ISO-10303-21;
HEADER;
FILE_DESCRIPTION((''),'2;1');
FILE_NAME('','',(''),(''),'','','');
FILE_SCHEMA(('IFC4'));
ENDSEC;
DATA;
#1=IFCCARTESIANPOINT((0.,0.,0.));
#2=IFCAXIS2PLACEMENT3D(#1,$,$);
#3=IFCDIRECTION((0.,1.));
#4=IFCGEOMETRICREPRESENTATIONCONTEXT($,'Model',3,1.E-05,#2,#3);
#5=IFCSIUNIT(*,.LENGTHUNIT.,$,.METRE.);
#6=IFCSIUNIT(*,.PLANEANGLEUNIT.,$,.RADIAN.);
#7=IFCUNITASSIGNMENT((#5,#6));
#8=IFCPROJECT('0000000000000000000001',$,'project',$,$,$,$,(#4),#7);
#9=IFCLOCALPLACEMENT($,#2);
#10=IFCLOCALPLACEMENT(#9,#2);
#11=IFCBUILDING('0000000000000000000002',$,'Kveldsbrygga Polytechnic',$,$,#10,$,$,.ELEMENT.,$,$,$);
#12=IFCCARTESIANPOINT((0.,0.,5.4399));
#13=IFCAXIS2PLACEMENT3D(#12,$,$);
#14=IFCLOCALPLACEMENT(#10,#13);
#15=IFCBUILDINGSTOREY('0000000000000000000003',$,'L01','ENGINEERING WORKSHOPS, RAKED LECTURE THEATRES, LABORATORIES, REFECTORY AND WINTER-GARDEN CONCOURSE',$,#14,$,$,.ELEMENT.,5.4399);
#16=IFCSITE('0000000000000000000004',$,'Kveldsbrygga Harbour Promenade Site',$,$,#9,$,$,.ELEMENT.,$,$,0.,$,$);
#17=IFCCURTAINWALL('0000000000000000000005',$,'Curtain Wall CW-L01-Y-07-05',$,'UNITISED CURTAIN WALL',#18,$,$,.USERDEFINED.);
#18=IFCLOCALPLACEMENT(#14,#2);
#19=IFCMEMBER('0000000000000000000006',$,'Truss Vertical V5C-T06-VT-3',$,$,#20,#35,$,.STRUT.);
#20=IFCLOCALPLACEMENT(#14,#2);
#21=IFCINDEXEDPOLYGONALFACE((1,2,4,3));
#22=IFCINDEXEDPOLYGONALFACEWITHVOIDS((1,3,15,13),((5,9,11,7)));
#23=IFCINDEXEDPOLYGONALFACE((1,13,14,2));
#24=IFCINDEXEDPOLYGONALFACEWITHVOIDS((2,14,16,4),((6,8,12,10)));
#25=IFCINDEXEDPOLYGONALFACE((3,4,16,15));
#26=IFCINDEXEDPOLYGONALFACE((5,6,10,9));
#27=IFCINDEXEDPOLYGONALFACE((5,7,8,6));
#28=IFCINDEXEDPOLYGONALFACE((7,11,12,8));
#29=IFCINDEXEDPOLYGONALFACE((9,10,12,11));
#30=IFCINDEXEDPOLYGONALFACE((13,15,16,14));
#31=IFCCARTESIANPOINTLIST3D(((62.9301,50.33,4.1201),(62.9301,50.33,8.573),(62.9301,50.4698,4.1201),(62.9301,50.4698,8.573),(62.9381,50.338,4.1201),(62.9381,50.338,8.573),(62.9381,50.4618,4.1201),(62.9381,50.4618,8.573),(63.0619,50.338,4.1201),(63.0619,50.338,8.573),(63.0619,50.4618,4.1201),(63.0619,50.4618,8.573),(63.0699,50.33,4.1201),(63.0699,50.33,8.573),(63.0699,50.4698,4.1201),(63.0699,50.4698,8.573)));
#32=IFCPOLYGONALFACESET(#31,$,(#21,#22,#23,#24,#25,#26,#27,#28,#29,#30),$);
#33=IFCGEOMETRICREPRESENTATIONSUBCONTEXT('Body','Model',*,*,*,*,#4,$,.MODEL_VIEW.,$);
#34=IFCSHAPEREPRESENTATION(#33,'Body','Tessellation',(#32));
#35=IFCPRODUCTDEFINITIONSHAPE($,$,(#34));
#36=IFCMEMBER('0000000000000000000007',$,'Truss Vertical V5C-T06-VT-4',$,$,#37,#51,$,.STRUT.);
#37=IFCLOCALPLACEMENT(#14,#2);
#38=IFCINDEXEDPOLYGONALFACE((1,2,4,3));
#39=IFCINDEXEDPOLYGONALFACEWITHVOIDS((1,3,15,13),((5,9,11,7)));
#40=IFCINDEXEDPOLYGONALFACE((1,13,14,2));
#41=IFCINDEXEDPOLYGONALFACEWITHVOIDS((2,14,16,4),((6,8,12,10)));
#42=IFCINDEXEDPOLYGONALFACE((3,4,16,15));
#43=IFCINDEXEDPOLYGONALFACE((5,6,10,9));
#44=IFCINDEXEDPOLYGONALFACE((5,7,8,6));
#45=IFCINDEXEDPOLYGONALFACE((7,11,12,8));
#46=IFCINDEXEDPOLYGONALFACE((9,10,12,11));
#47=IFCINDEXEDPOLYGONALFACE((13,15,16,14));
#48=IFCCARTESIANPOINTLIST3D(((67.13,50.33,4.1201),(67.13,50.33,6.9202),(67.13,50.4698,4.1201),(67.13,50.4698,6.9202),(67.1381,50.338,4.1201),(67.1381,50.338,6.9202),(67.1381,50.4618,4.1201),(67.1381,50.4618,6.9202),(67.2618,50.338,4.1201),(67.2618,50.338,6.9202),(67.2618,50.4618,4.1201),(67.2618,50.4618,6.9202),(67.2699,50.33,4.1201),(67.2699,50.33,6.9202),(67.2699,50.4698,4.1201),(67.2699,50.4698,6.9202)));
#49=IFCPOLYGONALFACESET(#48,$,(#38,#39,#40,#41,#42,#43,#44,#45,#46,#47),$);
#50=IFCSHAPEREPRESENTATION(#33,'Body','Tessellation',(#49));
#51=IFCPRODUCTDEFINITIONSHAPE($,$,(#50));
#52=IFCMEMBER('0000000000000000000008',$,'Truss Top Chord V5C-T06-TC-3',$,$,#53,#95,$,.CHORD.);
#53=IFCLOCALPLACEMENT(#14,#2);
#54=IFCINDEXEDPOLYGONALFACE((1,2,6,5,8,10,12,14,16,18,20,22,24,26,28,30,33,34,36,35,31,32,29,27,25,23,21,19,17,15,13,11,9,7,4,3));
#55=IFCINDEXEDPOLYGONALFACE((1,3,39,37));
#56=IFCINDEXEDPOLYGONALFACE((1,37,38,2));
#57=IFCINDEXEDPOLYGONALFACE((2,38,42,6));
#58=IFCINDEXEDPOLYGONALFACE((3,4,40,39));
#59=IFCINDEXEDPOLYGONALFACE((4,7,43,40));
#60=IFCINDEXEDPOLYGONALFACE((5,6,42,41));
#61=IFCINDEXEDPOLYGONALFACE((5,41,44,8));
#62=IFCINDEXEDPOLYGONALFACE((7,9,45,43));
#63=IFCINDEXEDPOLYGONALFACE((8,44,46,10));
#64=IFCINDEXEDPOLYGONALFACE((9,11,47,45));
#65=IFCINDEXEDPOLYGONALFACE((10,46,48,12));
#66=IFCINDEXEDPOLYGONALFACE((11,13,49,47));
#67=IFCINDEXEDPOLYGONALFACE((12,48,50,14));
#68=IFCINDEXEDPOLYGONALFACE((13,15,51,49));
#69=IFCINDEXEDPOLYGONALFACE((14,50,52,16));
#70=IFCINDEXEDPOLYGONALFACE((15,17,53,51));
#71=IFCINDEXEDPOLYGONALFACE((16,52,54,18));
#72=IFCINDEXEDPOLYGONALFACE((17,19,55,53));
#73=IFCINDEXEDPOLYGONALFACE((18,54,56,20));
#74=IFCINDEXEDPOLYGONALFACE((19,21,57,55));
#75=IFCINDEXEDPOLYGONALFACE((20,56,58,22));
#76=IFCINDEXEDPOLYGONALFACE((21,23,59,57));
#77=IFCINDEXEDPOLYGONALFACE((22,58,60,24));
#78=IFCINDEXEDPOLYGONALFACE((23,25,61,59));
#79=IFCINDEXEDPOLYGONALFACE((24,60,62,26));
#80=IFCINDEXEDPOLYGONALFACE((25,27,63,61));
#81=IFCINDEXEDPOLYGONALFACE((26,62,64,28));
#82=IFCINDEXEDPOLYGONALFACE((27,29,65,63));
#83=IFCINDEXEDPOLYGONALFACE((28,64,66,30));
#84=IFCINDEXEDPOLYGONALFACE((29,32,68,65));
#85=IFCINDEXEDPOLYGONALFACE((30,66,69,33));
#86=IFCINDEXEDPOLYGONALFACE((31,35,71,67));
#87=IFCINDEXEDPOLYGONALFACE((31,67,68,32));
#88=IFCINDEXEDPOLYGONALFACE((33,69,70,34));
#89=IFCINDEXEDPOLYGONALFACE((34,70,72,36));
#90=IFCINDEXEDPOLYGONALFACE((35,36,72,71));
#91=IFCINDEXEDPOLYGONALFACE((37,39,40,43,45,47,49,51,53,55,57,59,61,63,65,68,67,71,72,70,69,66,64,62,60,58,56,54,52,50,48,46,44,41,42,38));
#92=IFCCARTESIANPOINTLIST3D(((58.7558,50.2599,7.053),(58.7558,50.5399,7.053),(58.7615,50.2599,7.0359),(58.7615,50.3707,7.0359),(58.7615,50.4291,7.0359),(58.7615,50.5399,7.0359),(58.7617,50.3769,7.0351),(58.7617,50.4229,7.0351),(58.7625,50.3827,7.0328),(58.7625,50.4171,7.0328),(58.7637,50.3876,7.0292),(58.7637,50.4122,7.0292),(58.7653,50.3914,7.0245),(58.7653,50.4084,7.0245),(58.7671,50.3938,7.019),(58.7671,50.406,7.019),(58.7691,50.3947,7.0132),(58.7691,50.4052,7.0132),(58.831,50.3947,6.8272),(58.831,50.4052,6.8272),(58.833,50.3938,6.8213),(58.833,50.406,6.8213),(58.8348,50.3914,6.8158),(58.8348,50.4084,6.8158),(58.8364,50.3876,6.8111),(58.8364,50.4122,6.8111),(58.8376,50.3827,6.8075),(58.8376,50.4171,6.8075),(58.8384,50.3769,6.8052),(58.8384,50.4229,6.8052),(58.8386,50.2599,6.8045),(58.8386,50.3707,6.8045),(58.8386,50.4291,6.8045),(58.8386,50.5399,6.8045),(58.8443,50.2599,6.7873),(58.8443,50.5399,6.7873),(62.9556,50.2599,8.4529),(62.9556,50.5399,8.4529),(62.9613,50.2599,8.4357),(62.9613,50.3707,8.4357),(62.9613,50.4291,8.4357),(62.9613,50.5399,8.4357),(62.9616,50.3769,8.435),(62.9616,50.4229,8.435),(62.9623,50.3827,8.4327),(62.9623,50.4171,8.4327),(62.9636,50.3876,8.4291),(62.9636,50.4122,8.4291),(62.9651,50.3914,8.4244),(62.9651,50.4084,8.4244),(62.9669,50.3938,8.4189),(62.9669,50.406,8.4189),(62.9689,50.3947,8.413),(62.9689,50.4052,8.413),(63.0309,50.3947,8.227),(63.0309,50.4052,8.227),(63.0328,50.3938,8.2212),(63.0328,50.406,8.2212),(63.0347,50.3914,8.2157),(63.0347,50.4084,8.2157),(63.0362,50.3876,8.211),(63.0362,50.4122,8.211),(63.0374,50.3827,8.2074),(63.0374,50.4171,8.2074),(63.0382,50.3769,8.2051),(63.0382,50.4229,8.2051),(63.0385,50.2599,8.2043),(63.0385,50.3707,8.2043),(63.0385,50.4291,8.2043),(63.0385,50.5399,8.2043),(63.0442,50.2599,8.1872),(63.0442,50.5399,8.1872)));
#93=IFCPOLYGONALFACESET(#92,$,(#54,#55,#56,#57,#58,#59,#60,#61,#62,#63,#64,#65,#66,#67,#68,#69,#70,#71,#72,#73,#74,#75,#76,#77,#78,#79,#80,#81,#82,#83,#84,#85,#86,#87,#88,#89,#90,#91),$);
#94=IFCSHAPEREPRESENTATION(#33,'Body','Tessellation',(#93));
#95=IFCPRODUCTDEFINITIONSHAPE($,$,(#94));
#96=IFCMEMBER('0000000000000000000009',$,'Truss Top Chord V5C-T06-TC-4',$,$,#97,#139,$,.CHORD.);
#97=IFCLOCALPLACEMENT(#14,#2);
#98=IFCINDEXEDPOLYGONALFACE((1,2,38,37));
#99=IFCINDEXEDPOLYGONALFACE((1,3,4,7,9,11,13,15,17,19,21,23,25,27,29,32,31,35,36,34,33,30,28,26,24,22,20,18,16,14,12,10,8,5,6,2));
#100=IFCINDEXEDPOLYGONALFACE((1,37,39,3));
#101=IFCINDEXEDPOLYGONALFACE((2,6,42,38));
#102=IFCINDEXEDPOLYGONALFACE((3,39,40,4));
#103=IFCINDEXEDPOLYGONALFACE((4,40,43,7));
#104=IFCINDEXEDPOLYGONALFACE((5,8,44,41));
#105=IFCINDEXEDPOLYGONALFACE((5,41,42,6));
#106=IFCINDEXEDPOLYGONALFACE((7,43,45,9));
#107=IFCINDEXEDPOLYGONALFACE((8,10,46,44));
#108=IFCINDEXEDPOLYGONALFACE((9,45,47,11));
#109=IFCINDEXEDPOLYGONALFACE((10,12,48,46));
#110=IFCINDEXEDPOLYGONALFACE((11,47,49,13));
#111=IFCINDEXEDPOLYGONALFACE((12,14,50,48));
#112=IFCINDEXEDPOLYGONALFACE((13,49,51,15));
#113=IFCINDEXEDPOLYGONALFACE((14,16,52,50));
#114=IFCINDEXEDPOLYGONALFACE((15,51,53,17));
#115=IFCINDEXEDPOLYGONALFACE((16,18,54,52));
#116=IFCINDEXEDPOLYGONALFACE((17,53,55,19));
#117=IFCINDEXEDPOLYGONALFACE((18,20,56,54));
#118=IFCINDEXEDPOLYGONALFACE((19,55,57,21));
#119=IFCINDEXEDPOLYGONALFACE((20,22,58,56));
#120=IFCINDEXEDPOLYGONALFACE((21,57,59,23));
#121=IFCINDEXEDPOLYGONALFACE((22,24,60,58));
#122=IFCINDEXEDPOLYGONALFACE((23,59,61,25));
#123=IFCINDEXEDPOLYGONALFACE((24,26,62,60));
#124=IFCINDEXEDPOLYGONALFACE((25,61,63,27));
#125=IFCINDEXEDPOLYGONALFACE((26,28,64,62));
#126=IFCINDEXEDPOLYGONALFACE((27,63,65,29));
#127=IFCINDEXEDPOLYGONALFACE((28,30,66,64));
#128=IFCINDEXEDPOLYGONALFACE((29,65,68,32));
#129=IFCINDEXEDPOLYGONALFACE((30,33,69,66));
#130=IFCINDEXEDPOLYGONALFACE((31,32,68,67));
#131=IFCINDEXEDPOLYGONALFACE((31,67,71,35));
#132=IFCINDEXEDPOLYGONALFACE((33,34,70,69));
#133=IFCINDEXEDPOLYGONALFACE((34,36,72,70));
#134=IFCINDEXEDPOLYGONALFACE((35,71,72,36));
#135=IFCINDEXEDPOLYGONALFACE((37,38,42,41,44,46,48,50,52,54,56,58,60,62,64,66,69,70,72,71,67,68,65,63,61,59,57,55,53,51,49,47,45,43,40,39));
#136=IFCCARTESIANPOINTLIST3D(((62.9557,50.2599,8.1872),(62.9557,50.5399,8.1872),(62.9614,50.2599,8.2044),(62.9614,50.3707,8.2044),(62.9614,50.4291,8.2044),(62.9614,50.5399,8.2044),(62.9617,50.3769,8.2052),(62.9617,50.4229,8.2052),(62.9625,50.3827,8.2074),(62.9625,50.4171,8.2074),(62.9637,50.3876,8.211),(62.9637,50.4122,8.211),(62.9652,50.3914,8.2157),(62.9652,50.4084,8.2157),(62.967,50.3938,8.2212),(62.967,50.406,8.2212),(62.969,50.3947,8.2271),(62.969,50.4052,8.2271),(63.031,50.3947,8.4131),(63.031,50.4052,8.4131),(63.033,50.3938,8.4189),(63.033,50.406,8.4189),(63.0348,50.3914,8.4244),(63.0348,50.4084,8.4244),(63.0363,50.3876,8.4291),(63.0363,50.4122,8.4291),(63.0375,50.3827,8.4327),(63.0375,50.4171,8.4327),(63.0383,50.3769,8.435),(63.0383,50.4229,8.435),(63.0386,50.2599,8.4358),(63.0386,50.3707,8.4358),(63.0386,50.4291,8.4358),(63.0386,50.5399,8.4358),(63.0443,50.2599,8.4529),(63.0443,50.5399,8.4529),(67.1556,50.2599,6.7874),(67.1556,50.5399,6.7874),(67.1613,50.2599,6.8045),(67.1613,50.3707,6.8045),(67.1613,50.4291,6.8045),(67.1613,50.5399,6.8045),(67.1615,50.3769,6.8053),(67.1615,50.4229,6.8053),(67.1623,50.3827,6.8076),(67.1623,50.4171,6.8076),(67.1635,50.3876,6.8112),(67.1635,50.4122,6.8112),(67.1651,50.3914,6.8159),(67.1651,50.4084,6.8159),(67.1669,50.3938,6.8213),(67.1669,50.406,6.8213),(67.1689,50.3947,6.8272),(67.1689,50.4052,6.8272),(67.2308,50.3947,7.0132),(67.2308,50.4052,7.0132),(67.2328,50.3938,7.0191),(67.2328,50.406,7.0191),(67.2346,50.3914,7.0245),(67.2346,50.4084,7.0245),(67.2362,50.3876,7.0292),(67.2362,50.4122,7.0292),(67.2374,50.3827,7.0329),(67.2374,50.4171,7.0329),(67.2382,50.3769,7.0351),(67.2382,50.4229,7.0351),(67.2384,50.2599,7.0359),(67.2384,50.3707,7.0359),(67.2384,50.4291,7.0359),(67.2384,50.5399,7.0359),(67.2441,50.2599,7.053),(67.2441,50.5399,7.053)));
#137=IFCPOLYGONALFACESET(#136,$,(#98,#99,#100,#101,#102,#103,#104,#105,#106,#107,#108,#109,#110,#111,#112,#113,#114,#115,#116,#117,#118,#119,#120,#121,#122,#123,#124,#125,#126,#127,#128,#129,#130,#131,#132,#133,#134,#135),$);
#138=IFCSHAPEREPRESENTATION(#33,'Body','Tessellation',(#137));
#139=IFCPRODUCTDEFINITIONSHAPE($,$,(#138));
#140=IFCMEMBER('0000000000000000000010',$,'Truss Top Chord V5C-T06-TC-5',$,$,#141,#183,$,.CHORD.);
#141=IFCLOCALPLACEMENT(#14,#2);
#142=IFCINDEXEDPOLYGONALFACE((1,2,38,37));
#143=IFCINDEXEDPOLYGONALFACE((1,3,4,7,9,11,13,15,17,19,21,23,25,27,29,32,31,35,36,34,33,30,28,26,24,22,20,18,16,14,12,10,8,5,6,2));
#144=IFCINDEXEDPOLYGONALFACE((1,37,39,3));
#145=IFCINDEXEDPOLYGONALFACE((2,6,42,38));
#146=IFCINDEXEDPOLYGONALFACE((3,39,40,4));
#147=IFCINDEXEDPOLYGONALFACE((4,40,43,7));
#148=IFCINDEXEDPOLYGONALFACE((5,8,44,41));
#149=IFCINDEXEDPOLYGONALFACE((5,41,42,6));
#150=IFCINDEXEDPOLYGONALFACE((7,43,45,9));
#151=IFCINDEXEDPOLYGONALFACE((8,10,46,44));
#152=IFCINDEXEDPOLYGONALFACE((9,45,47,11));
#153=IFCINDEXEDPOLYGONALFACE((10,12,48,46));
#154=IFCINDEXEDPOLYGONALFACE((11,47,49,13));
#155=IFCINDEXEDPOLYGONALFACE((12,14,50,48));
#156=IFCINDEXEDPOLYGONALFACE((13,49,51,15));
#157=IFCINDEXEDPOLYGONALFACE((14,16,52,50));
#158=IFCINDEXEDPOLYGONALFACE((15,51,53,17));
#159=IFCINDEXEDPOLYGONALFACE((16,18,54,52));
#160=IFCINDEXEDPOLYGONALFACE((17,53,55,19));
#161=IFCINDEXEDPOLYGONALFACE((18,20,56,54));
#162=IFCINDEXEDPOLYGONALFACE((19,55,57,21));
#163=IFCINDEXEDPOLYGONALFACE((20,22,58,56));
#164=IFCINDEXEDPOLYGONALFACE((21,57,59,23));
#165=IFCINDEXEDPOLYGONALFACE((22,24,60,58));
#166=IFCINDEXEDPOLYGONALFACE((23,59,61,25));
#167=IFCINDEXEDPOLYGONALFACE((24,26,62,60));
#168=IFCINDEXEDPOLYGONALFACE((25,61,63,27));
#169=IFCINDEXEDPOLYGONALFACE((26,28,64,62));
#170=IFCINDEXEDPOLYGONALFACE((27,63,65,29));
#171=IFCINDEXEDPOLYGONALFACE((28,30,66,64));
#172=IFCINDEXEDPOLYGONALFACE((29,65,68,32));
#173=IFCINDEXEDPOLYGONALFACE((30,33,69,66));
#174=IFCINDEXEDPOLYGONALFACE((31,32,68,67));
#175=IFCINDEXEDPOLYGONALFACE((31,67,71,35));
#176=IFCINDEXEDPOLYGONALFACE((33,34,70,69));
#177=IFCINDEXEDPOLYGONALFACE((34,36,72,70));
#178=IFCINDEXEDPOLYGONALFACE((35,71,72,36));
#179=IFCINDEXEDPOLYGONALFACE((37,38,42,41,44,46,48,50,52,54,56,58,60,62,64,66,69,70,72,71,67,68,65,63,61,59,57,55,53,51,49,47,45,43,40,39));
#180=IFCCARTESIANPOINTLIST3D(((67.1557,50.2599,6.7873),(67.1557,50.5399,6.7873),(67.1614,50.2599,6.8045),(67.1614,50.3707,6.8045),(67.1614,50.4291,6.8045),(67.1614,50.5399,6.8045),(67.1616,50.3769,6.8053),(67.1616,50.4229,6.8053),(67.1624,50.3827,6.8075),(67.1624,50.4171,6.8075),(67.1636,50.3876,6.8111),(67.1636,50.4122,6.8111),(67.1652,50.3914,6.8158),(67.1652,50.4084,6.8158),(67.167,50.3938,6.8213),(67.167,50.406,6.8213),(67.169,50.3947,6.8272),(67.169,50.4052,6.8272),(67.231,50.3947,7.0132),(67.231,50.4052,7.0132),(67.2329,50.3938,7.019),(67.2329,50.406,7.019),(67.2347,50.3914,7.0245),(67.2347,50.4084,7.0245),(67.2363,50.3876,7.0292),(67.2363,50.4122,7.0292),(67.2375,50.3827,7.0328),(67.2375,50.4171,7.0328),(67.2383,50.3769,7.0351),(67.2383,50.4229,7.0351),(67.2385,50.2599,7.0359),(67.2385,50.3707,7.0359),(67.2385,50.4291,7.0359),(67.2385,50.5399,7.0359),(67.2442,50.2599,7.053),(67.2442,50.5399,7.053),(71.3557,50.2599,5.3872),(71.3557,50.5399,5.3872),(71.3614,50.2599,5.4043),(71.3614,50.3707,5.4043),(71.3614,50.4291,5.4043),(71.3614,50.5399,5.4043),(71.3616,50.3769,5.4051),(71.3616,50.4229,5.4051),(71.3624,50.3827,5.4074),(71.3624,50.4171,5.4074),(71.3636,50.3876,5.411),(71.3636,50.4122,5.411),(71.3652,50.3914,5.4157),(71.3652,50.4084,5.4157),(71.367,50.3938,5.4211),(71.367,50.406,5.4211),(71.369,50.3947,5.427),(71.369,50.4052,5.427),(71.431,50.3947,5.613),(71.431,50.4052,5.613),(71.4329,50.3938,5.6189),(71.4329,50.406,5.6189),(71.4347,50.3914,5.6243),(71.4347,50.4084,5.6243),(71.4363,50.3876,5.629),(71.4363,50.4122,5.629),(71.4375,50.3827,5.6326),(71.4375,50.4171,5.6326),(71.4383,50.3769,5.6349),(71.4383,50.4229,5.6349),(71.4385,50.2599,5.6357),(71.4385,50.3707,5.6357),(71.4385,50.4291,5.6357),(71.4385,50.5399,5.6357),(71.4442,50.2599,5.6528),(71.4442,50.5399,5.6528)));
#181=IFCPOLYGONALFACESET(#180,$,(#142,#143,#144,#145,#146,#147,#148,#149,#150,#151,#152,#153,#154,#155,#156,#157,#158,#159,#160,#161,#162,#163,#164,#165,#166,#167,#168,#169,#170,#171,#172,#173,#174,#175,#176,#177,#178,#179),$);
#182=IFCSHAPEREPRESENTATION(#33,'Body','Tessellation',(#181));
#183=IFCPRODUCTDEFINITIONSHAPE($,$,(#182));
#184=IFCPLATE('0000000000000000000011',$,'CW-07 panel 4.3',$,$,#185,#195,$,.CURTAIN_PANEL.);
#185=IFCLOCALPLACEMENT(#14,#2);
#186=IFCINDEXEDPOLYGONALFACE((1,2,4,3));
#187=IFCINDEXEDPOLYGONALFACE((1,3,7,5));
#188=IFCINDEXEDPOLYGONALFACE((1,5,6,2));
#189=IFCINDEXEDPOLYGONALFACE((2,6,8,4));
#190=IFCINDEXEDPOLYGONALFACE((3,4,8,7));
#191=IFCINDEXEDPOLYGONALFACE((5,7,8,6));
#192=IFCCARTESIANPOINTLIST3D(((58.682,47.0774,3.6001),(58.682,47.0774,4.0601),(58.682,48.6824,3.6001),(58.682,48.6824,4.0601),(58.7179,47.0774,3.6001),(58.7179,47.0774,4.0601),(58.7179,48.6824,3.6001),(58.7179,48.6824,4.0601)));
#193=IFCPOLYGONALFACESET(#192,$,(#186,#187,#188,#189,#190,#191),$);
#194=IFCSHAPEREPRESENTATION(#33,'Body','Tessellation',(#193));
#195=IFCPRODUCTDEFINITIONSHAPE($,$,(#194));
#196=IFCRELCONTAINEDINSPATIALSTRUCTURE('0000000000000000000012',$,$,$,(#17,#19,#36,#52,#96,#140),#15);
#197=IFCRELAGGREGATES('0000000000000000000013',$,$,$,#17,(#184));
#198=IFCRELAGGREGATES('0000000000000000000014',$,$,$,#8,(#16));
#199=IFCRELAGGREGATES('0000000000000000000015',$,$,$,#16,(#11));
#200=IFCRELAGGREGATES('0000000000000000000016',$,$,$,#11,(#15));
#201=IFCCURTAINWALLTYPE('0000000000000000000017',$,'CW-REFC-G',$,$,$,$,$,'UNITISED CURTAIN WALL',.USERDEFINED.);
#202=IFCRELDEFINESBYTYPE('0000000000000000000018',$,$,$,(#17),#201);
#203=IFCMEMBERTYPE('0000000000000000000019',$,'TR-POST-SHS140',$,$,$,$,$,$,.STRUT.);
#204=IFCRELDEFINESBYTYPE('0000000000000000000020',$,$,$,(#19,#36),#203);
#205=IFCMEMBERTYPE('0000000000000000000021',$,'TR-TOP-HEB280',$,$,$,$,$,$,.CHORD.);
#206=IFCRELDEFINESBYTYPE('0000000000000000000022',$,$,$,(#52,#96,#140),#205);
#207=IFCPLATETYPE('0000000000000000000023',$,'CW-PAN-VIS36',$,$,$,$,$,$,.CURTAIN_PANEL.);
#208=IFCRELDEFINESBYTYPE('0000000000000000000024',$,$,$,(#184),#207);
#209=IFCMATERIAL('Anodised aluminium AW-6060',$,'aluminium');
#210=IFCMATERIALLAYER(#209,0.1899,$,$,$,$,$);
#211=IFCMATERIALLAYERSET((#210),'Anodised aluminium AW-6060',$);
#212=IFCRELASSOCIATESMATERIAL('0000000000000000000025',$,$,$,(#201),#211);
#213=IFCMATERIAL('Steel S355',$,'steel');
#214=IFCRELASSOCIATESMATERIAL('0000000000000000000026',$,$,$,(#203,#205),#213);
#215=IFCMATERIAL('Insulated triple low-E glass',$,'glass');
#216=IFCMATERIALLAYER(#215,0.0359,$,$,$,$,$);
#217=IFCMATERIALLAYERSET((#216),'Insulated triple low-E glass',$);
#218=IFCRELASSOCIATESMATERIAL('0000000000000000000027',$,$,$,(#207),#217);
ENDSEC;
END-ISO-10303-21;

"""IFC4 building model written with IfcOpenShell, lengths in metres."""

from ifc_helpers import new_model, si_unit, direction, frame, origin, origin_2d, place, context, subcontext, project, spatial, rectangle, hollow_rectangle, i_section, extrude, material, layer, layer_set, material_profile, profile_set, type_object, element, aggregate, save


model = new_model("IFC4")

# Units and contexts
model_context = context("Model", 3, precision=1e-05, world=origin(), true_north=direction((0.0, 1.0)))
body_context = subcontext(model_context, "Body", "Model", "MODEL_VIEW")
ifc_project = project(units=[si_unit("LENGTHUNIT", "METRE"), si_unit("PLANEANGLEUNIT", "RADIAN")], contexts=[model_context])

# Site, building, storey
site_placement = place(None, origin())
site = spatial("IfcSite", under=ifc_project, at=site_placement, Name="Kveldsbrygga Harbour Promenade Site", CompositionType="ELEMENT", RefElevation=0.0)
building_placement = place(site_placement, origin())
building = spatial("IfcBuilding", under=site, at=building_placement, Name="Kveldsbrygga Polytechnic", CompositionType="ELEMENT")
storey_placement = place(building_placement, frame((0.0, 0.0, 5.4399)))
storey = spatial("IfcBuildingStorey", under=building, at=storey_placement, Name="L01", Description="ENGINEERING WORKSHOPS, RAKED LECTURE THEATRES, LABORATORIES, REFECTORY AND WINTER-GARDEN CONCOURSE", CompositionType="ELEMENT", Elevation=5.4399)

# Curtain wall
ifc_material_1 = material(Name="Anodised aluminium AW-6060", Category="aluminium")
ifc_layer_1 = layer(ifc_material_1, 0.1899)
ifc_layer_set_1 = layer_set([ifc_layer_1], Name="Anodised aluminium AW-6060")
curtain_wall_type_1 = type_object("IfcCurtainWallType", Name="CW-REFC-G", ElementType="UNITISED CURTAIN WALL", PredefinedType="USERDEFINED", material=ifc_layer_set_1)
curtain_wall_1_placement = place(storey_placement, origin())
curtain_wall_1 = element("IfcCurtainWall", 1, at=curtain_wall_1_placement, inside=storey, type_object=curtain_wall_type_1, Name="Curtain Wall CW-L01-Y-07-05", ObjectType="UNITISED CURTAIN WALL", PredefinedType="USERDEFINED")

# Members
ifc_material_2 = material(Name="Steel S355", Category="steel")
ifc_material_profile_1 = material_profile(ifc_material_2, hollow_rectangle(XDim=0.1399, YDim=0.1399, WallThickness=0.0081, at=origin_2d()), Name="SHS 140x140x8.0")
ifc_profile_set_1 = profile_set([ifc_material_profile_1], Name="Steel S355")
member_type_1 = type_object("IfcMemberType", Name="TR-POST-SHS140", PredefinedType="STRUT", material=ifc_profile_set_1)
member_1_placement = place(storey_placement, frame((63.0, 50.3999, 4.1201), z_axis=(0.0, 0.0, 1.0), x_axis=(1.0, 0.0, 0.0)))
element("IfcMember", 2, at=member_1_placement, inside=storey, type_object=member_type_1, Name="Truss Vertical V5C-T06-VT-3", PredefinedType="STRUT", context=body_context, shape_type="SweptSolid", body=[
    extrude(hollow_rectangle(XDim=0.1399, YDim=0.1399, WallThickness=0.0081, at=origin_2d()), origin(), (0.0, 0.0, 1.0), 4.4529),
])
member_2_placement = place(storey_placement, frame((67.2, 50.3999, 4.1201), z_axis=(0.0, 0.0, 1.0), x_axis=(1.0, 0.0, 0.0)))
element("IfcMember", 3, at=member_2_placement, inside=storey, type_object=member_type_1, Name="Truss Vertical V5C-T06-VT-4", PredefinedType="STRUT", context=body_context, shape_type="SweptSolid", body=[
    extrude(hollow_rectangle(XDim=0.1399, YDim=0.1399, WallThickness=0.0081, at=origin_2d()), origin(), (0.0, 0.0, 1.0), 2.8),
])
ifc_material_profile_2 = material_profile(ifc_material_2, i_section(OverallWidth=0.28, OverallDepth=0.28, WebThickness=0.0105, FlangeThickness=0.0181, FilletRadius=0.0239, at=origin_2d()), Name="HEB 280")
ifc_profile_set_2 = profile_set([ifc_material_profile_2], Name="Steel S355")
member_type_2 = type_object("IfcMemberType", Name="TR-TOP-HEB280", PredefinedType="CHORD", material=ifc_profile_set_2)
for number, where, z_axis, x_axis, name in (
    (4, (58.8, 50.3999, 6.9202), (0.948689, 0.0, 0.316211), (0.0, 1.0, 0.0), "Truss Top Chord V5C-T06-TC-3"),
    (5, (63.0, 50.3999, 8.3201), (0.948689, 0.0, -0.316211), (0.0, 1.0, 0.0), "Truss Top Chord V5C-T06-TC-4"),
):
    element("IfcMember", number, at=place(storey_placement, frame(where, z_axis=z_axis, x_axis=x_axis)), inside=storey, type_object=member_type_2, Name=name, PredefinedType="CHORD", context=body_context, shape_type="SweptSolid", body=[
        extrude(i_section(OverallWidth=0.28, OverallDepth=0.28, WebThickness=0.0105, FlangeThickness=0.0181, FilletRadius=0.0239, at=origin_2d()), origin(), (0.0, 0.0, 1.0), 4.427),
    ])
member_3_placement = place(storey_placement, frame((67.2, 50.3999, 6.9202), z_axis=(0.948672, 0.0, -0.316261), x_axis=(0.0, 1.0, 0.0)))
element("IfcMember", 6, at=member_3_placement, inside=storey, type_object=member_type_2, Name="Truss Top Chord V5C-T06-TC-5", PredefinedType="CHORD", context=body_context, shape_type="SweptSolid", body=[
    extrude(i_section(OverallWidth=0.28, OverallDepth=0.28, WebThickness=0.0105, FlangeThickness=0.0181, FilletRadius=0.0239, at=origin_2d()), origin(), (0.0, 0.0, 1.0), 4.4272),
])

# Plate
ifc_material_3 = material(Name="Insulated triple low-E glass", Category="glass")
ifc_layer_2 = layer(ifc_material_3, 0.0359)
ifc_layer_set_2 = layer_set([ifc_layer_2], Name="Insulated triple low-E glass")
plate_type_1 = type_object("IfcPlateType", Name="CW-PAN-VIS36", PredefinedType="CURTAIN_PANEL", material=ifc_layer_set_2)
plate_1_placement = place(storey_placement, frame((58.7, 47.8799, 3.6001), z_axis=(0.0, 0.0, 1.0), x_axis=(0.0, 1.0, 0.0)))
plate_1 = element("IfcPlate", 7, at=plate_1_placement, type_object=plate_type_1, Name="CW-07 panel 4.3", PredefinedType="CURTAIN_PANEL", context=body_context, shape_type="SweptSolid", body=[
    extrude(rectangle(XDim=1.605, YDim=0.0359, at=origin_2d()), origin(), (0.0, 0.0, 1.0), 0.46),
])
aggregate(curtain_wall_1, [plate_1])

save(model, "model.ifc")
